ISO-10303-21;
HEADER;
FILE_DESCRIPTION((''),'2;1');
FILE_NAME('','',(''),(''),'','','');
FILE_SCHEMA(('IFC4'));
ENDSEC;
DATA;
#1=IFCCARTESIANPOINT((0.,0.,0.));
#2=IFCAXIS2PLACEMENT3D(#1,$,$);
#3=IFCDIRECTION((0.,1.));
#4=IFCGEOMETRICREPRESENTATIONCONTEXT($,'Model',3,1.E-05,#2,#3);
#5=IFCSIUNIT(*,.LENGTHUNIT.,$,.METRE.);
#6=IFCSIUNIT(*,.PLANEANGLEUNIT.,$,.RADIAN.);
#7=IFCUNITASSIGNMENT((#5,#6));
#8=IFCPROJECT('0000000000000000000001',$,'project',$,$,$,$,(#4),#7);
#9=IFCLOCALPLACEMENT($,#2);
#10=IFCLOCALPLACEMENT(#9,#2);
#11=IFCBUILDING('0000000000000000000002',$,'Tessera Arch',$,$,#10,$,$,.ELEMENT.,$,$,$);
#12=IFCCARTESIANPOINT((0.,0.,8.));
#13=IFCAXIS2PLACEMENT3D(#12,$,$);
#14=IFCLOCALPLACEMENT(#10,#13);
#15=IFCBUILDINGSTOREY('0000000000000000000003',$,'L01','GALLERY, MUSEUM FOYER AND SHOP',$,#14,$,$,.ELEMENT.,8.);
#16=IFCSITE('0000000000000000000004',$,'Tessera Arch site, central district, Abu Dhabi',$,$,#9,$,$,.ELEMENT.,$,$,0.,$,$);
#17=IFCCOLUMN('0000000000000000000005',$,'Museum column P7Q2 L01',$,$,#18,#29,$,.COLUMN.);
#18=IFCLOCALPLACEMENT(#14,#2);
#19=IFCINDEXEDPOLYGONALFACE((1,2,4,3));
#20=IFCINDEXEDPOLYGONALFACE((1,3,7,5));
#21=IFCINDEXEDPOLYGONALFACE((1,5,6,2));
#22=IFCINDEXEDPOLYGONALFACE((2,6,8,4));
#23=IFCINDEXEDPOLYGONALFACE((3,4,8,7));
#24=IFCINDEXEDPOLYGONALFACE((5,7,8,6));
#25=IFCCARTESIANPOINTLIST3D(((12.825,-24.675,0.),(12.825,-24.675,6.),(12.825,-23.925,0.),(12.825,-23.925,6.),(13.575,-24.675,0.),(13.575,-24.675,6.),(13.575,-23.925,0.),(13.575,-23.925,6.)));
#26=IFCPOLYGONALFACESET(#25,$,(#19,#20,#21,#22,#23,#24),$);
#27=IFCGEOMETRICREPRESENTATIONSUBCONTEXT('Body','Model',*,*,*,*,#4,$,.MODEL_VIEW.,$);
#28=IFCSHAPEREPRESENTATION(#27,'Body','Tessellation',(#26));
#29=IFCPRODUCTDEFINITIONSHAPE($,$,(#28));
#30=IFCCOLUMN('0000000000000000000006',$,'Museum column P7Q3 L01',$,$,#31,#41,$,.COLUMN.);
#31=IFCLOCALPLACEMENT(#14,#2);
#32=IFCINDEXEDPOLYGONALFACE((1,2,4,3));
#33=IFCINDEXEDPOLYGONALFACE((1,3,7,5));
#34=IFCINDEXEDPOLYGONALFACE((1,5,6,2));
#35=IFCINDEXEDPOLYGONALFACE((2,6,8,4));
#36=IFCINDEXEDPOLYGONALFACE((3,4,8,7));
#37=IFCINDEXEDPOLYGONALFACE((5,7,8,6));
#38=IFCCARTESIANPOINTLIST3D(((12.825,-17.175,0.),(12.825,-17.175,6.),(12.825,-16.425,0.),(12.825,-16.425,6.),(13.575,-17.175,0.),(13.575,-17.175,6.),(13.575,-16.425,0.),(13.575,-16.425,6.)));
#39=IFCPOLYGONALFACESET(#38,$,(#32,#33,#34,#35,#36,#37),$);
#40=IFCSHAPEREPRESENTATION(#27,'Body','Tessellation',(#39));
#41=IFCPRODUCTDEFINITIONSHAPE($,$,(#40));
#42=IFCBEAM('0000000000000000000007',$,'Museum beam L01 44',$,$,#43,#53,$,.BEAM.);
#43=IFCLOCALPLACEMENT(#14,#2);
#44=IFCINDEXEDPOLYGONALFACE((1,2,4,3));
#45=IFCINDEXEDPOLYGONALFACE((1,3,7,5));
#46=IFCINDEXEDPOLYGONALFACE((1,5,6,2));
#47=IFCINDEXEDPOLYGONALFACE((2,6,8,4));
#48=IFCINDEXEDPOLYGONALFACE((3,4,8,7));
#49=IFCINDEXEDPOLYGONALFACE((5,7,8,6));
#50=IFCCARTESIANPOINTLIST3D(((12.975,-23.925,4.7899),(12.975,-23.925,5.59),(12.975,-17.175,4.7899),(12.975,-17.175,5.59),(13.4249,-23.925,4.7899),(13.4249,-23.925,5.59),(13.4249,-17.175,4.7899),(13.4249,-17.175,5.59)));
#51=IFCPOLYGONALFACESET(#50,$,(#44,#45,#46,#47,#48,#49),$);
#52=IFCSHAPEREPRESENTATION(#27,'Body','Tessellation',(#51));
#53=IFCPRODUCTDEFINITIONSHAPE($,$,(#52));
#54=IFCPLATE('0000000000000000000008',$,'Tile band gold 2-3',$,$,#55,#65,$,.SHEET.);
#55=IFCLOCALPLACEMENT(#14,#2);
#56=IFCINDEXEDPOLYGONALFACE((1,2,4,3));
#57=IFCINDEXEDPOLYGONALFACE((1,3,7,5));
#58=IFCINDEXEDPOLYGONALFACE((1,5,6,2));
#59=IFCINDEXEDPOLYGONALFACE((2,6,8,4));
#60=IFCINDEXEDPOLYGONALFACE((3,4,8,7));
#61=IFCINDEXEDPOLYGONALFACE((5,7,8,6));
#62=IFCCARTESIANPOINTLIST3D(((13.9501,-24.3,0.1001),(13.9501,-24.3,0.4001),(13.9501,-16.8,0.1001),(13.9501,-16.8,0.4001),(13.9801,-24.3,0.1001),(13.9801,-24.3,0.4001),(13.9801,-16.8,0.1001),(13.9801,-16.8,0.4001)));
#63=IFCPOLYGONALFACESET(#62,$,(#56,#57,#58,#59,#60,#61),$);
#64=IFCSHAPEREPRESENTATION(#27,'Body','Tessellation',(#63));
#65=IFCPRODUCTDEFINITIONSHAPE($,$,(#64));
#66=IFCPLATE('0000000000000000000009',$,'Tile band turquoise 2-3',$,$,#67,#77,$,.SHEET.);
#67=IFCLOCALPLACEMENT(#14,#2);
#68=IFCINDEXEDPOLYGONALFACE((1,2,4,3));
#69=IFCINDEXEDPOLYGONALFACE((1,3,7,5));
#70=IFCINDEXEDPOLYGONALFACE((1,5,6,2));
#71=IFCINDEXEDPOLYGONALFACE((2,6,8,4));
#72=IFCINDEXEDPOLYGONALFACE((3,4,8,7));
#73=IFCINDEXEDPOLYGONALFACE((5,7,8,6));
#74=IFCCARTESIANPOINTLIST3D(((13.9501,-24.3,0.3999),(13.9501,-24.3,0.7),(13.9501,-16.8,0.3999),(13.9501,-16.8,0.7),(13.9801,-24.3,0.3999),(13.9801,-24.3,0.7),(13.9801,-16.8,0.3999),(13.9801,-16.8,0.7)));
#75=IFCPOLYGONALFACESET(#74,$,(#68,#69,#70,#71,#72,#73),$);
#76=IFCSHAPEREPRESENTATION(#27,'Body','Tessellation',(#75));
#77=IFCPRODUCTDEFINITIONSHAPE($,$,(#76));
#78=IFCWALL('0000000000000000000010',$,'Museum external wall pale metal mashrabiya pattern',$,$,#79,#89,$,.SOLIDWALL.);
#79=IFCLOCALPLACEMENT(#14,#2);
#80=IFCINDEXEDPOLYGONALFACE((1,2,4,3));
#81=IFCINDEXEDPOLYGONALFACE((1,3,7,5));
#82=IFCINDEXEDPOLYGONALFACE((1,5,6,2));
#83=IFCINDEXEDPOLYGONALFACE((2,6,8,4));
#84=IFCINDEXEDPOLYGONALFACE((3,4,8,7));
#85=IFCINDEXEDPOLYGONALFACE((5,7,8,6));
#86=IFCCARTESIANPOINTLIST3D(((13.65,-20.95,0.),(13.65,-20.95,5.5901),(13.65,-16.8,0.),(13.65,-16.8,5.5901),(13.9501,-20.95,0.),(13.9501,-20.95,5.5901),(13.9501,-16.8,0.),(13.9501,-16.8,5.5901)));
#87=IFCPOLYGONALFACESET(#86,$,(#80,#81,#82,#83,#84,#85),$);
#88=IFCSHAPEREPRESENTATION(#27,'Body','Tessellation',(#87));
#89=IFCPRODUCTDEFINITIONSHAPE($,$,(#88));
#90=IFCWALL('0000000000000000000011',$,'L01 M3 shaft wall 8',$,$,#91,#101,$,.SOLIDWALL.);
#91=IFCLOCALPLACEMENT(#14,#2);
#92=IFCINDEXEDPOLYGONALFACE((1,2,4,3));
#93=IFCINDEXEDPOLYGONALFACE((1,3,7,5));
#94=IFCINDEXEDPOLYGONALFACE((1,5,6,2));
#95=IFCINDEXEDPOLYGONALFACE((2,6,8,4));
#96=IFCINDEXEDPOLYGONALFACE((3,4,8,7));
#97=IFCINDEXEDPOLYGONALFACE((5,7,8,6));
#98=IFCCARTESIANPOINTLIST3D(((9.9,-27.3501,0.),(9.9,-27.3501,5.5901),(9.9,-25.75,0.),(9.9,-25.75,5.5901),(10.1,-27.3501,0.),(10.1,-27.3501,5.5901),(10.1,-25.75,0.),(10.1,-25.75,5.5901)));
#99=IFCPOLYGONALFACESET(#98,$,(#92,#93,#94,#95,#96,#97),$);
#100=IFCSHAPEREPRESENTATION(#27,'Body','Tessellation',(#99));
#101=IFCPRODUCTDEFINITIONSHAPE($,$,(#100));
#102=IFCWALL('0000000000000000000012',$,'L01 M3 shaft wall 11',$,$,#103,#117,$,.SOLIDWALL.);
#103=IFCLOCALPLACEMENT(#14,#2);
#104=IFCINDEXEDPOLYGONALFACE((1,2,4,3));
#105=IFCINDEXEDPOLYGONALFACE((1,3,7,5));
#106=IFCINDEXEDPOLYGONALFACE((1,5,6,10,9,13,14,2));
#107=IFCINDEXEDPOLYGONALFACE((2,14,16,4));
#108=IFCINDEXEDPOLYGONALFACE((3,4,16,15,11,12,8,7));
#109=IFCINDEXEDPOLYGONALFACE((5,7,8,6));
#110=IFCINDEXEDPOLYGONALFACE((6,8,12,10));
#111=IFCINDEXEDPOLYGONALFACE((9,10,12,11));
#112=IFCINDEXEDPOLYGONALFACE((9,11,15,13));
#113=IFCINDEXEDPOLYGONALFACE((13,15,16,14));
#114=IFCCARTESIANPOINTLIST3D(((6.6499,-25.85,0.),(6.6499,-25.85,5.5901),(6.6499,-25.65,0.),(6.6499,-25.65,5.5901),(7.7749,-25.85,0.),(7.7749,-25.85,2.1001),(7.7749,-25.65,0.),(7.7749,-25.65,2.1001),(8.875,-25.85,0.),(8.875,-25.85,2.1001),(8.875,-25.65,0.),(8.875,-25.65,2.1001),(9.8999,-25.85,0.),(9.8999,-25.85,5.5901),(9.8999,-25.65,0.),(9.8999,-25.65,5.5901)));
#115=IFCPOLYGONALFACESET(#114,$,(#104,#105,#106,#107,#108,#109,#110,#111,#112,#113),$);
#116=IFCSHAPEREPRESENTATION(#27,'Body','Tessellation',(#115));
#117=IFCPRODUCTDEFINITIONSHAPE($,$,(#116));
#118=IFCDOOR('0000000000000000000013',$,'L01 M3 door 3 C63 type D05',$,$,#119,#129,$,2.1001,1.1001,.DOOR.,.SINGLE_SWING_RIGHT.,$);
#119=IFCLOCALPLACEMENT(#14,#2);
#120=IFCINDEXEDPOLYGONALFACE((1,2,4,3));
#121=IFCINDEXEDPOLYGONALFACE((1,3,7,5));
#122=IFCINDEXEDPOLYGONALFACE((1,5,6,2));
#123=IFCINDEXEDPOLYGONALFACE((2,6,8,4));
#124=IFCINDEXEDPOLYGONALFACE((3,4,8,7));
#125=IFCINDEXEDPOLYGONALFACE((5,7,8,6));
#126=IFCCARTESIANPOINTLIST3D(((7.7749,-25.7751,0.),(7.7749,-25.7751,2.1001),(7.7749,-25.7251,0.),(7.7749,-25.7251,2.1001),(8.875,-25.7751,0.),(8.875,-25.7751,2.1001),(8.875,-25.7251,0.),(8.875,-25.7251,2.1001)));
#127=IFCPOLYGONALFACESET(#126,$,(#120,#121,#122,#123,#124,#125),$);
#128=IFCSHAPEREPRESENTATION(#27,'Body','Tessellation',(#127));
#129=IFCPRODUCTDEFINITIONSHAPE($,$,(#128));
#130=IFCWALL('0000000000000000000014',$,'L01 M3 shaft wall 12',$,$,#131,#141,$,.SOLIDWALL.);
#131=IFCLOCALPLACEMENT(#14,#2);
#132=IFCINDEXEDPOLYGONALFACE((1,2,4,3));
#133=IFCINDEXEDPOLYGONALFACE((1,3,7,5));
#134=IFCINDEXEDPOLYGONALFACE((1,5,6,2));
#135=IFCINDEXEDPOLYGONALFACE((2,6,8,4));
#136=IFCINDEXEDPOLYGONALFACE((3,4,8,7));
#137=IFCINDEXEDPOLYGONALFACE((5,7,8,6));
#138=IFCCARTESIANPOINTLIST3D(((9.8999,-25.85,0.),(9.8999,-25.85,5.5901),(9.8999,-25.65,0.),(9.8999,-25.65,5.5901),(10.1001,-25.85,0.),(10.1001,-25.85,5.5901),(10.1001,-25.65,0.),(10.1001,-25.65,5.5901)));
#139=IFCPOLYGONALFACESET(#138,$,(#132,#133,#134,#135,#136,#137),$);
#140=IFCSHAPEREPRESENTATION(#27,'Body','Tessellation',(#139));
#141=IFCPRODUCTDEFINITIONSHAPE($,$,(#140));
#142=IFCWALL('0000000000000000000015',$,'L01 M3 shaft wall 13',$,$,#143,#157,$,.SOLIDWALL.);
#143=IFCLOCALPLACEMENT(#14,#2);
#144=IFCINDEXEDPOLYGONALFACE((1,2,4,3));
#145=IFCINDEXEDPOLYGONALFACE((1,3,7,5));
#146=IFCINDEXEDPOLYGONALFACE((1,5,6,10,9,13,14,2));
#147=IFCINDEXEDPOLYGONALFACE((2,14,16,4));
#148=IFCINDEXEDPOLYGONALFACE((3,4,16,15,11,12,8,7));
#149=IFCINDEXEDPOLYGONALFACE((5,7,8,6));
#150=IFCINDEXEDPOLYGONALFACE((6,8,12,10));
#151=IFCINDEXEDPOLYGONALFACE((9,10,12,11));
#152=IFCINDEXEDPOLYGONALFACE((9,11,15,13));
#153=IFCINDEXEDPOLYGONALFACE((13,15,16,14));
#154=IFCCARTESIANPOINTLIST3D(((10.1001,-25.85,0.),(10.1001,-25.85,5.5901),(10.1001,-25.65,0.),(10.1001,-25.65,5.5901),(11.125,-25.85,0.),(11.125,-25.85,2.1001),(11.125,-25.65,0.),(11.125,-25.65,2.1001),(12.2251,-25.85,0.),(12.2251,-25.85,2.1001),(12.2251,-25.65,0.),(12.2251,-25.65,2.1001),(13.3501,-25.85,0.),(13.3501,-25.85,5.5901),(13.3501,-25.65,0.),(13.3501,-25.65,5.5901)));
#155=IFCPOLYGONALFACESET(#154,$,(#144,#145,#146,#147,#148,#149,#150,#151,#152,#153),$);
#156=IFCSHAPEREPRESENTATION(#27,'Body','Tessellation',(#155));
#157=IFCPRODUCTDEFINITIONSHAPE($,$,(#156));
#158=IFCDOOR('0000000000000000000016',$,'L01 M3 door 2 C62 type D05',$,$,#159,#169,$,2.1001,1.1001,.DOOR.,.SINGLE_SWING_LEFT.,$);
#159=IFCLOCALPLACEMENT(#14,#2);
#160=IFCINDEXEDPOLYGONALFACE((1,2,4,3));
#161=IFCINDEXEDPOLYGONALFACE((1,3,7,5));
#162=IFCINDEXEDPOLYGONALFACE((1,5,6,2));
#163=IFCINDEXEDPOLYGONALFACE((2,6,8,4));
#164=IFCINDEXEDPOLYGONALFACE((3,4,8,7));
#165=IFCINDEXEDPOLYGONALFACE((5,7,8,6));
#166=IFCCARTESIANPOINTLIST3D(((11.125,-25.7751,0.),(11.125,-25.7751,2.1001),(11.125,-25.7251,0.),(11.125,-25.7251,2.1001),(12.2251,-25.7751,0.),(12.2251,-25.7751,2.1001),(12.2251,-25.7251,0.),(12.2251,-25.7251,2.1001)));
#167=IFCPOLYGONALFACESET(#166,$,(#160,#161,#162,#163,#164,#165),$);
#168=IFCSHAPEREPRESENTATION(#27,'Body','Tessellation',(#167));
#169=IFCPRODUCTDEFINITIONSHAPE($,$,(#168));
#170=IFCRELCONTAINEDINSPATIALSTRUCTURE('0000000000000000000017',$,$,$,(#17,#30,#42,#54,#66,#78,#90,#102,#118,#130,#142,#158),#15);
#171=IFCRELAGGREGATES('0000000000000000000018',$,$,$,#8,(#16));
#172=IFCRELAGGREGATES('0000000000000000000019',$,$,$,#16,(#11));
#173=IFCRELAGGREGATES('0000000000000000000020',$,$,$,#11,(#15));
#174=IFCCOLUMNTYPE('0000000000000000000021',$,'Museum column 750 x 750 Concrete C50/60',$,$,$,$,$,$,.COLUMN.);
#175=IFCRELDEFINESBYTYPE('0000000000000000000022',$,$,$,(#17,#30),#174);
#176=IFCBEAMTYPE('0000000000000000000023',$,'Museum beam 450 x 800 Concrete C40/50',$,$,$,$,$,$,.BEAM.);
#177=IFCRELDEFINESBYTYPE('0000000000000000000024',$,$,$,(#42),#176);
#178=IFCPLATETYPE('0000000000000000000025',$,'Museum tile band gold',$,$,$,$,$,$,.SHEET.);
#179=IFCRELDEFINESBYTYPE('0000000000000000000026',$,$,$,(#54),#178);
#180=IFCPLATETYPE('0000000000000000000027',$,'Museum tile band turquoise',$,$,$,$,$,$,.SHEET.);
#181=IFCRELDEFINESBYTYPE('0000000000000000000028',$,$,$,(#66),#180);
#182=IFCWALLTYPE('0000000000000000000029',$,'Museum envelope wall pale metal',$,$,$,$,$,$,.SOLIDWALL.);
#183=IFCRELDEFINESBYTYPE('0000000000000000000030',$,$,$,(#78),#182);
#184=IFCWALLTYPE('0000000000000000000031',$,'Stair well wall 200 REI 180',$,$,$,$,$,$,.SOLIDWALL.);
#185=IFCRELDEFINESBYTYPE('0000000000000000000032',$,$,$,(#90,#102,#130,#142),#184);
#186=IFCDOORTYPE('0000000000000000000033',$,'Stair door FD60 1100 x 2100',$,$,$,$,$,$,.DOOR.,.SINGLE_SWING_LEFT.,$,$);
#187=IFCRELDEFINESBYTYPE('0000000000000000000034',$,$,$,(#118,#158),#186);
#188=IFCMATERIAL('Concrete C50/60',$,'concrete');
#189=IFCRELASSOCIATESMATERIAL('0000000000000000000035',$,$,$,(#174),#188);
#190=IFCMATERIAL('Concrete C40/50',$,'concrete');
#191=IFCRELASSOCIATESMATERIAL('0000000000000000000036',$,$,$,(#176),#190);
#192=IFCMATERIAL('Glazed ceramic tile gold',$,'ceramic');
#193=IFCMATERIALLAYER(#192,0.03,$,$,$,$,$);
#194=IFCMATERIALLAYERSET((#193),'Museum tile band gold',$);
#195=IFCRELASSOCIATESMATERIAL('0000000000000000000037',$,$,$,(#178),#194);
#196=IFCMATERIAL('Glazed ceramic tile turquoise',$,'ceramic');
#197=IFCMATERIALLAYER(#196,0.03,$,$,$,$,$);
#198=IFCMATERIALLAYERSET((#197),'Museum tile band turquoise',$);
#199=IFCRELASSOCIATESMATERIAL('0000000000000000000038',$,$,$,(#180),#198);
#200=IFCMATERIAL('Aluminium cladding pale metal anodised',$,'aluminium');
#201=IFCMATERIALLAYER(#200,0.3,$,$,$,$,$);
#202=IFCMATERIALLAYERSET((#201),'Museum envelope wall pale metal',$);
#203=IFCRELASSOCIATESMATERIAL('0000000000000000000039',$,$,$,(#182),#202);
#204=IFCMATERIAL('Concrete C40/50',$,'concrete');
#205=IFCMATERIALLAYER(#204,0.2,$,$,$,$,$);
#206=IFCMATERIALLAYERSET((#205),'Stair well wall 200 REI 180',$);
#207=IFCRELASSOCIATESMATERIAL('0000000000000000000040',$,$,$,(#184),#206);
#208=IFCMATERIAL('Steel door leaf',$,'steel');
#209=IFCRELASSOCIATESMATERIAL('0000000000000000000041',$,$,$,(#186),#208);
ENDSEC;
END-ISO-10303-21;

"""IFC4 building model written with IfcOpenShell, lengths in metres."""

from ifc_helpers import new_model, si_unit, direction, frame, frame_2d, origin, origin_2d, place, context, subcontext, project, spatial, rectangle, extrude, material, layer, layer_set, material_profile, profile_set, type_object, element, fill, save


model = new_model("IFC4")

# Units and contexts
model_context = context("Model", 3, precision=1e-05, world=origin(), true_north=direction((0.0, 1.0)))
body_context = subcontext(model_context, "Body", "Model", "MODEL_VIEW")
ifc_project = project(units=[si_unit("LENGTHUNIT", "METRE"), si_unit("PLANEANGLEUNIT", "RADIAN")], contexts=[model_context])

# Site, building, storey
site_placement = place(None, origin())
site = spatial("IfcSite", under=ifc_project, at=site_placement, Name="Tessera Arch site, central district, Abu Dhabi", CompositionType="ELEMENT", RefElevation=0.0)
building_placement = place(site_placement, origin())
building = spatial("IfcBuilding", under=site, at=building_placement, Name="Tessera Arch", CompositionType="ELEMENT")
storey_placement = place(building_placement, frame((0.0, 0.0, 8.0)))
storey = spatial("IfcBuildingStorey", under=building, at=storey_placement, Name="L01", Description="GALLERY, MUSEUM FOYER AND SHOP", CompositionType="ELEMENT", Elevation=8.0)

# Columns
ifc_material_1 = material(Name="Concrete C50/60", Category="concrete")
ifc_material_profile_1 = material_profile(ifc_material_1, rectangle(XDim=0.75, YDim=0.75, at=origin_2d()), Name="Museum column 750 x 750 Concrete C50/60")
ifc_profile_set_1 = profile_set([ifc_material_profile_1], Name="Concrete C50/60")
column_type = type_object("IfcColumnType", Name="Museum column 750 x 750 Concrete C50/60", PredefinedType="COLUMN", material=ifc_profile_set_1)
for number, where, z_axis, x_axis, name in (
    (1, (13.2, -24.3, 0.0), (0.0, 0.0, 1.0), (1.0, 0.0, 0.0), "Museum column P7Q2 L01"),
    (2, (13.2, -16.8, 0.0), (0.0, 0.0, 1.0), (1.0, 0.0, 0.0), "Museum column P7Q3 L01"),
):
    element("IfcColumn", number, at=place(storey_placement, frame(where, z_axis=z_axis, x_axis=x_axis)), inside=storey, type_object=column_type, Name=name, PredefinedType="COLUMN", context=body_context, shape_type="SweptSolid", body=[
        extrude(rectangle(XDim=0.75, YDim=0.75, at=origin_2d()), origin(), (0.0, 0.0, 1.0), 6.0),
    ])

# Beam
ifc_material_2 = material(Name="Concrete C40/50", Category="concrete")
ifc_material_profile_2 = material_profile(ifc_material_2, rectangle(XDim=0.45, YDim=0.8, at=origin_2d()), Name="Museum beam 450 x 800 Concrete C40/50")
ifc_profile_set_2 = profile_set([ifc_material_profile_2], Name="Concrete C40/50")
beam_type = type_object("IfcBeamType", Name="Museum beam 450 x 800 Concrete C40/50", PredefinedType="BEAM", material=ifc_profile_set_2)
beam_placement = place(storey_placement, frame((13.2, -23.925, 5.1899), z_axis=(0.0, 1.0, 0.0), x_axis=(-1.0, 0.0, 0.0)))
element("IfcBeam", 3, at=beam_placement, inside=storey, type_object=beam_type, Name="Museum beam L01 44", PredefinedType="BEAM", context=body_context, shape_type="SweptSolid", body=[
    extrude(rectangle(XDim=0.45, YDim=0.8, at=origin_2d()), origin(), (0.0, 0.0, 1.0), 6.75),
])

# Plates
ifc_material_3 = material(Name="Glazed ceramic tile gold", Category="ceramic")
ifc_layer_1 = layer(ifc_material_3, 0.03)
ifc_layer_set_1 = layer_set([ifc_layer_1], Name="Museum tile band gold")
plate_type_1 = type_object("IfcPlateType", Name="Museum tile band gold", PredefinedType="SHEET", material=ifc_layer_set_1)
plate_1_placement = place(storey_placement, frame((13.9651, -20.55, 0.1001), z_axis=(0.0, 0.0, 1.0), x_axis=(0.0, 1.0, 0.0)))
element("IfcPlate", 4, at=plate_1_placement, inside=storey, type_object=plate_type_1, Name="Tile band gold 2-3", PredefinedType="SHEET", context=body_context, shape_type="SweptSolid", body=[
    extrude(rectangle(XDim=7.5, YDim=0.03, at=origin_2d()), origin(), (0.0, 0.0, 1.0), 0.3),
])
ifc_material_4 = material(Name="Glazed ceramic tile turquoise", Category="ceramic")
ifc_layer_2 = layer(ifc_material_4, 0.03)
ifc_layer_set_2 = layer_set([ifc_layer_2], Name="Museum tile band turquoise")
plate_type_2 = type_object("IfcPlateType", Name="Museum tile band turquoise", PredefinedType="SHEET", material=ifc_layer_set_2)
plate_2_placement = place(storey_placement, frame((13.9651, -20.55, 0.3999), z_axis=(0.0, 0.0, 1.0), x_axis=(0.0, 1.0, 0.0)))
element("IfcPlate", 5, at=plate_2_placement, inside=storey, type_object=plate_type_2, Name="Tile band turquoise 2-3", PredefinedType="SHEET", context=body_context, shape_type="SweptSolid", body=[
    extrude(rectangle(XDim=7.5, YDim=0.03, at=origin_2d()), origin(), (0.0, 0.0, 1.0), 0.3),
])

# Walls
ifc_material_5 = material(Name="Aluminium cladding pale metal anodised", Category="aluminium")
ifc_layer_3 = layer(ifc_material_5, 0.3)
ifc_layer_set_3 = layer_set([ifc_layer_3], Name="Museum envelope wall pale metal")
wall_type_1 = type_object("IfcWallType", Name="Museum envelope wall pale metal", PredefinedType="SOLIDWALL", material=ifc_layer_set_3)
wall_1_placement = place(storey_placement, frame((13.8, -20.95, 0.0), z_axis=(0.0, 0.0, 1.0), x_axis=(0.0, 1.0, 0.0)))
element("IfcWall", 6, at=wall_1_placement, inside=storey, type_object=wall_type_1, Name="Museum external wall pale metal mashrabiya pattern", PredefinedType="SOLIDWALL", context=body_context, shape_type="SweptSolid", body=[
    extrude(rectangle(XDim=4.1499, YDim=0.3, at=frame_2d((2.075, 0.0))), origin(), (0.0, 0.0, 1.0), 5.5901),
])
ifc_material_6 = material(Name="Concrete C40/50", Category="concrete")
ifc_layer_4 = layer(ifc_material_6, 0.2)
ifc_layer_set_4 = layer_set([ifc_layer_4], Name="Stair well wall 200 REI 180")
wall_type_2 = type_object("IfcWallType", Name="Stair well wall 200 REI 180", PredefinedType="SOLIDWALL", material=ifc_layer_set_4)
wall_2_placement = place(storey_placement, frame((10.0, -27.3501, 0.0), z_axis=(0.0, 0.0, 1.0), x_axis=(0.0, 1.0, 0.0)))
element("IfcWall", 7, at=wall_2_placement, inside=storey, type_object=wall_type_2, Name="L01 M3 shaft wall 8", PredefinedType="SOLIDWALL", context=body_context, shape_type="SweptSolid", body=[
    extrude(rectangle(XDim=1.6001, YDim=0.2, at=frame_2d((0.8, 0.0))), origin(), (0.0, 0.0, 1.0), 5.5901),
])

# Wall, opening, door
wall_3_placement = place(storey_placement, frame((6.6499, -25.75, 0.0), z_axis=(0.0, 0.0, 1.0), x_axis=(1.0, 0.0, 0.0)))
wall_3 = element("IfcWall", 8, at=wall_3_placement, inside=storey, type_object=wall_type_2, Name="L01 M3 shaft wall 11", PredefinedType="SOLIDWALL", context=body_context, shape_type="SweptSolid", body=[
    extrude(rectangle(XDim=3.25, YDim=0.2, at=frame_2d((1.625, 0.0))), origin(), (0.0, 0.0, 1.0), 5.5901),
])
opening_1_placement = place(wall_3_placement, frame((1.125, 0.0, 0.0)))
opening_1 = element("IfcOpeningElement", 9, at=opening_1_placement, cuts=wall_3, PredefinedType="OPENING", context=body_context, shape_type="SweptSolid", body=[
    extrude(rectangle(XDim=1.1001, YDim=2.1001, at=frame_2d((0.55, 1.05))), frame((0.0, 0.1099, 0.0), z_axis=(0.0, -1.0, 0.0), x_axis=(1.0, 0.0, 0.0)), (0.0, 0.0, 1.0), 0.22),
])
ifc_material_7 = material(Name="Steel door leaf", Category="steel")
door_type = type_object("IfcDoorType", Name="Stair door FD60 1100 x 2100", OperationType="SINGLE_SWING_LEFT", PredefinedType="DOOR", material=ifc_material_7)
door_1_placement = place(opening_1_placement, origin())
door_1 = element("IfcDoor", 10, at=door_1_placement, inside=storey, type_object=door_type, Name="L01 M3 door 3 C63 type D05", OperationType="SINGLE_SWING_RIGHT", OverallHeight=2.1001, OverallWidth=1.1001, PredefinedType="DOOR", context=body_context, shape_type="SweptSolid", body=[
    extrude(rectangle(XDim=1.1001, YDim=2.1001, at=frame_2d((0.55, 1.05))), frame((0.0, 0.0249, 0.0), z_axis=(0.0, -1.0, 0.0), x_axis=(1.0, 0.0, 0.0)), (0.0, 0.0, 1.0), 0.05),
])
fill(opening_1, door_1)

# Wall
wall_4_placement = place(storey_placement, frame((9.8999, -25.75, 0.0), z_axis=(0.0, 0.0, 1.0), x_axis=(1.0, 0.0, 0.0)))
element("IfcWall", 11, at=wall_4_placement, inside=storey, type_object=wall_type_2, Name="L01 M3 shaft wall 12", PredefinedType="SOLIDWALL", context=body_context, shape_type="SweptSolid", body=[
    extrude(rectangle(XDim=0.2002, YDim=0.2, at=frame_2d((0.1001, 0.0))), origin(), (0.0, 0.0, 1.0), 5.5901),
])

# Wall, opening, door
wall_5_placement = place(storey_placement, frame((10.1001, -25.75, 0.0), z_axis=(0.0, 0.0, 1.0), x_axis=(1.0, 0.0, 0.0)))
wall_5 = element("IfcWall", 12, at=wall_5_placement, inside=storey, type_object=wall_type_2, Name="L01 M3 shaft wall 13", PredefinedType="SOLIDWALL", context=body_context, shape_type="SweptSolid", body=[
    extrude(rectangle(XDim=3.25, YDim=0.2, at=frame_2d((1.625, 0.0))), origin(), (0.0, 0.0, 1.0), 5.5901),
])
opening_2_placement = place(wall_5_placement, frame((1.0249, 0.0, 0.0)))
opening_2 = element("IfcOpeningElement", 13, at=opening_2_placement, cuts=wall_5, PredefinedType="OPENING", context=body_context, shape_type="SweptSolid", body=[
    extrude(rectangle(XDim=1.1001, YDim=2.1001, at=frame_2d((0.55, 1.05))), frame((0.0, 0.1099, 0.0), z_axis=(0.0, -1.0, 0.0), x_axis=(1.0, 0.0, 0.0)), (0.0, 0.0, 1.0), 0.22),
])
door_2_placement = place(opening_2_placement, origin())
door_2 = element("IfcDoor", 14, at=door_2_placement, inside=storey, type_object=door_type, Name="L01 M3 door 2 C62 type D05", OperationType="SINGLE_SWING_LEFT", OverallHeight=2.1001, OverallWidth=1.1001, PredefinedType="DOOR", context=body_context, shape_type="SweptSolid", body=[
    extrude(rectangle(XDim=1.1001, YDim=2.1001, at=frame_2d((0.55, 1.05))), frame((0.0, 0.0249, 0.0), z_axis=(0.0, -1.0, 0.0), x_axis=(1.0, 0.0, 0.0)), (0.0, 0.0, 1.0), 0.05),
])
fill(opening_2, door_2)

save(model, "model.ifc")
